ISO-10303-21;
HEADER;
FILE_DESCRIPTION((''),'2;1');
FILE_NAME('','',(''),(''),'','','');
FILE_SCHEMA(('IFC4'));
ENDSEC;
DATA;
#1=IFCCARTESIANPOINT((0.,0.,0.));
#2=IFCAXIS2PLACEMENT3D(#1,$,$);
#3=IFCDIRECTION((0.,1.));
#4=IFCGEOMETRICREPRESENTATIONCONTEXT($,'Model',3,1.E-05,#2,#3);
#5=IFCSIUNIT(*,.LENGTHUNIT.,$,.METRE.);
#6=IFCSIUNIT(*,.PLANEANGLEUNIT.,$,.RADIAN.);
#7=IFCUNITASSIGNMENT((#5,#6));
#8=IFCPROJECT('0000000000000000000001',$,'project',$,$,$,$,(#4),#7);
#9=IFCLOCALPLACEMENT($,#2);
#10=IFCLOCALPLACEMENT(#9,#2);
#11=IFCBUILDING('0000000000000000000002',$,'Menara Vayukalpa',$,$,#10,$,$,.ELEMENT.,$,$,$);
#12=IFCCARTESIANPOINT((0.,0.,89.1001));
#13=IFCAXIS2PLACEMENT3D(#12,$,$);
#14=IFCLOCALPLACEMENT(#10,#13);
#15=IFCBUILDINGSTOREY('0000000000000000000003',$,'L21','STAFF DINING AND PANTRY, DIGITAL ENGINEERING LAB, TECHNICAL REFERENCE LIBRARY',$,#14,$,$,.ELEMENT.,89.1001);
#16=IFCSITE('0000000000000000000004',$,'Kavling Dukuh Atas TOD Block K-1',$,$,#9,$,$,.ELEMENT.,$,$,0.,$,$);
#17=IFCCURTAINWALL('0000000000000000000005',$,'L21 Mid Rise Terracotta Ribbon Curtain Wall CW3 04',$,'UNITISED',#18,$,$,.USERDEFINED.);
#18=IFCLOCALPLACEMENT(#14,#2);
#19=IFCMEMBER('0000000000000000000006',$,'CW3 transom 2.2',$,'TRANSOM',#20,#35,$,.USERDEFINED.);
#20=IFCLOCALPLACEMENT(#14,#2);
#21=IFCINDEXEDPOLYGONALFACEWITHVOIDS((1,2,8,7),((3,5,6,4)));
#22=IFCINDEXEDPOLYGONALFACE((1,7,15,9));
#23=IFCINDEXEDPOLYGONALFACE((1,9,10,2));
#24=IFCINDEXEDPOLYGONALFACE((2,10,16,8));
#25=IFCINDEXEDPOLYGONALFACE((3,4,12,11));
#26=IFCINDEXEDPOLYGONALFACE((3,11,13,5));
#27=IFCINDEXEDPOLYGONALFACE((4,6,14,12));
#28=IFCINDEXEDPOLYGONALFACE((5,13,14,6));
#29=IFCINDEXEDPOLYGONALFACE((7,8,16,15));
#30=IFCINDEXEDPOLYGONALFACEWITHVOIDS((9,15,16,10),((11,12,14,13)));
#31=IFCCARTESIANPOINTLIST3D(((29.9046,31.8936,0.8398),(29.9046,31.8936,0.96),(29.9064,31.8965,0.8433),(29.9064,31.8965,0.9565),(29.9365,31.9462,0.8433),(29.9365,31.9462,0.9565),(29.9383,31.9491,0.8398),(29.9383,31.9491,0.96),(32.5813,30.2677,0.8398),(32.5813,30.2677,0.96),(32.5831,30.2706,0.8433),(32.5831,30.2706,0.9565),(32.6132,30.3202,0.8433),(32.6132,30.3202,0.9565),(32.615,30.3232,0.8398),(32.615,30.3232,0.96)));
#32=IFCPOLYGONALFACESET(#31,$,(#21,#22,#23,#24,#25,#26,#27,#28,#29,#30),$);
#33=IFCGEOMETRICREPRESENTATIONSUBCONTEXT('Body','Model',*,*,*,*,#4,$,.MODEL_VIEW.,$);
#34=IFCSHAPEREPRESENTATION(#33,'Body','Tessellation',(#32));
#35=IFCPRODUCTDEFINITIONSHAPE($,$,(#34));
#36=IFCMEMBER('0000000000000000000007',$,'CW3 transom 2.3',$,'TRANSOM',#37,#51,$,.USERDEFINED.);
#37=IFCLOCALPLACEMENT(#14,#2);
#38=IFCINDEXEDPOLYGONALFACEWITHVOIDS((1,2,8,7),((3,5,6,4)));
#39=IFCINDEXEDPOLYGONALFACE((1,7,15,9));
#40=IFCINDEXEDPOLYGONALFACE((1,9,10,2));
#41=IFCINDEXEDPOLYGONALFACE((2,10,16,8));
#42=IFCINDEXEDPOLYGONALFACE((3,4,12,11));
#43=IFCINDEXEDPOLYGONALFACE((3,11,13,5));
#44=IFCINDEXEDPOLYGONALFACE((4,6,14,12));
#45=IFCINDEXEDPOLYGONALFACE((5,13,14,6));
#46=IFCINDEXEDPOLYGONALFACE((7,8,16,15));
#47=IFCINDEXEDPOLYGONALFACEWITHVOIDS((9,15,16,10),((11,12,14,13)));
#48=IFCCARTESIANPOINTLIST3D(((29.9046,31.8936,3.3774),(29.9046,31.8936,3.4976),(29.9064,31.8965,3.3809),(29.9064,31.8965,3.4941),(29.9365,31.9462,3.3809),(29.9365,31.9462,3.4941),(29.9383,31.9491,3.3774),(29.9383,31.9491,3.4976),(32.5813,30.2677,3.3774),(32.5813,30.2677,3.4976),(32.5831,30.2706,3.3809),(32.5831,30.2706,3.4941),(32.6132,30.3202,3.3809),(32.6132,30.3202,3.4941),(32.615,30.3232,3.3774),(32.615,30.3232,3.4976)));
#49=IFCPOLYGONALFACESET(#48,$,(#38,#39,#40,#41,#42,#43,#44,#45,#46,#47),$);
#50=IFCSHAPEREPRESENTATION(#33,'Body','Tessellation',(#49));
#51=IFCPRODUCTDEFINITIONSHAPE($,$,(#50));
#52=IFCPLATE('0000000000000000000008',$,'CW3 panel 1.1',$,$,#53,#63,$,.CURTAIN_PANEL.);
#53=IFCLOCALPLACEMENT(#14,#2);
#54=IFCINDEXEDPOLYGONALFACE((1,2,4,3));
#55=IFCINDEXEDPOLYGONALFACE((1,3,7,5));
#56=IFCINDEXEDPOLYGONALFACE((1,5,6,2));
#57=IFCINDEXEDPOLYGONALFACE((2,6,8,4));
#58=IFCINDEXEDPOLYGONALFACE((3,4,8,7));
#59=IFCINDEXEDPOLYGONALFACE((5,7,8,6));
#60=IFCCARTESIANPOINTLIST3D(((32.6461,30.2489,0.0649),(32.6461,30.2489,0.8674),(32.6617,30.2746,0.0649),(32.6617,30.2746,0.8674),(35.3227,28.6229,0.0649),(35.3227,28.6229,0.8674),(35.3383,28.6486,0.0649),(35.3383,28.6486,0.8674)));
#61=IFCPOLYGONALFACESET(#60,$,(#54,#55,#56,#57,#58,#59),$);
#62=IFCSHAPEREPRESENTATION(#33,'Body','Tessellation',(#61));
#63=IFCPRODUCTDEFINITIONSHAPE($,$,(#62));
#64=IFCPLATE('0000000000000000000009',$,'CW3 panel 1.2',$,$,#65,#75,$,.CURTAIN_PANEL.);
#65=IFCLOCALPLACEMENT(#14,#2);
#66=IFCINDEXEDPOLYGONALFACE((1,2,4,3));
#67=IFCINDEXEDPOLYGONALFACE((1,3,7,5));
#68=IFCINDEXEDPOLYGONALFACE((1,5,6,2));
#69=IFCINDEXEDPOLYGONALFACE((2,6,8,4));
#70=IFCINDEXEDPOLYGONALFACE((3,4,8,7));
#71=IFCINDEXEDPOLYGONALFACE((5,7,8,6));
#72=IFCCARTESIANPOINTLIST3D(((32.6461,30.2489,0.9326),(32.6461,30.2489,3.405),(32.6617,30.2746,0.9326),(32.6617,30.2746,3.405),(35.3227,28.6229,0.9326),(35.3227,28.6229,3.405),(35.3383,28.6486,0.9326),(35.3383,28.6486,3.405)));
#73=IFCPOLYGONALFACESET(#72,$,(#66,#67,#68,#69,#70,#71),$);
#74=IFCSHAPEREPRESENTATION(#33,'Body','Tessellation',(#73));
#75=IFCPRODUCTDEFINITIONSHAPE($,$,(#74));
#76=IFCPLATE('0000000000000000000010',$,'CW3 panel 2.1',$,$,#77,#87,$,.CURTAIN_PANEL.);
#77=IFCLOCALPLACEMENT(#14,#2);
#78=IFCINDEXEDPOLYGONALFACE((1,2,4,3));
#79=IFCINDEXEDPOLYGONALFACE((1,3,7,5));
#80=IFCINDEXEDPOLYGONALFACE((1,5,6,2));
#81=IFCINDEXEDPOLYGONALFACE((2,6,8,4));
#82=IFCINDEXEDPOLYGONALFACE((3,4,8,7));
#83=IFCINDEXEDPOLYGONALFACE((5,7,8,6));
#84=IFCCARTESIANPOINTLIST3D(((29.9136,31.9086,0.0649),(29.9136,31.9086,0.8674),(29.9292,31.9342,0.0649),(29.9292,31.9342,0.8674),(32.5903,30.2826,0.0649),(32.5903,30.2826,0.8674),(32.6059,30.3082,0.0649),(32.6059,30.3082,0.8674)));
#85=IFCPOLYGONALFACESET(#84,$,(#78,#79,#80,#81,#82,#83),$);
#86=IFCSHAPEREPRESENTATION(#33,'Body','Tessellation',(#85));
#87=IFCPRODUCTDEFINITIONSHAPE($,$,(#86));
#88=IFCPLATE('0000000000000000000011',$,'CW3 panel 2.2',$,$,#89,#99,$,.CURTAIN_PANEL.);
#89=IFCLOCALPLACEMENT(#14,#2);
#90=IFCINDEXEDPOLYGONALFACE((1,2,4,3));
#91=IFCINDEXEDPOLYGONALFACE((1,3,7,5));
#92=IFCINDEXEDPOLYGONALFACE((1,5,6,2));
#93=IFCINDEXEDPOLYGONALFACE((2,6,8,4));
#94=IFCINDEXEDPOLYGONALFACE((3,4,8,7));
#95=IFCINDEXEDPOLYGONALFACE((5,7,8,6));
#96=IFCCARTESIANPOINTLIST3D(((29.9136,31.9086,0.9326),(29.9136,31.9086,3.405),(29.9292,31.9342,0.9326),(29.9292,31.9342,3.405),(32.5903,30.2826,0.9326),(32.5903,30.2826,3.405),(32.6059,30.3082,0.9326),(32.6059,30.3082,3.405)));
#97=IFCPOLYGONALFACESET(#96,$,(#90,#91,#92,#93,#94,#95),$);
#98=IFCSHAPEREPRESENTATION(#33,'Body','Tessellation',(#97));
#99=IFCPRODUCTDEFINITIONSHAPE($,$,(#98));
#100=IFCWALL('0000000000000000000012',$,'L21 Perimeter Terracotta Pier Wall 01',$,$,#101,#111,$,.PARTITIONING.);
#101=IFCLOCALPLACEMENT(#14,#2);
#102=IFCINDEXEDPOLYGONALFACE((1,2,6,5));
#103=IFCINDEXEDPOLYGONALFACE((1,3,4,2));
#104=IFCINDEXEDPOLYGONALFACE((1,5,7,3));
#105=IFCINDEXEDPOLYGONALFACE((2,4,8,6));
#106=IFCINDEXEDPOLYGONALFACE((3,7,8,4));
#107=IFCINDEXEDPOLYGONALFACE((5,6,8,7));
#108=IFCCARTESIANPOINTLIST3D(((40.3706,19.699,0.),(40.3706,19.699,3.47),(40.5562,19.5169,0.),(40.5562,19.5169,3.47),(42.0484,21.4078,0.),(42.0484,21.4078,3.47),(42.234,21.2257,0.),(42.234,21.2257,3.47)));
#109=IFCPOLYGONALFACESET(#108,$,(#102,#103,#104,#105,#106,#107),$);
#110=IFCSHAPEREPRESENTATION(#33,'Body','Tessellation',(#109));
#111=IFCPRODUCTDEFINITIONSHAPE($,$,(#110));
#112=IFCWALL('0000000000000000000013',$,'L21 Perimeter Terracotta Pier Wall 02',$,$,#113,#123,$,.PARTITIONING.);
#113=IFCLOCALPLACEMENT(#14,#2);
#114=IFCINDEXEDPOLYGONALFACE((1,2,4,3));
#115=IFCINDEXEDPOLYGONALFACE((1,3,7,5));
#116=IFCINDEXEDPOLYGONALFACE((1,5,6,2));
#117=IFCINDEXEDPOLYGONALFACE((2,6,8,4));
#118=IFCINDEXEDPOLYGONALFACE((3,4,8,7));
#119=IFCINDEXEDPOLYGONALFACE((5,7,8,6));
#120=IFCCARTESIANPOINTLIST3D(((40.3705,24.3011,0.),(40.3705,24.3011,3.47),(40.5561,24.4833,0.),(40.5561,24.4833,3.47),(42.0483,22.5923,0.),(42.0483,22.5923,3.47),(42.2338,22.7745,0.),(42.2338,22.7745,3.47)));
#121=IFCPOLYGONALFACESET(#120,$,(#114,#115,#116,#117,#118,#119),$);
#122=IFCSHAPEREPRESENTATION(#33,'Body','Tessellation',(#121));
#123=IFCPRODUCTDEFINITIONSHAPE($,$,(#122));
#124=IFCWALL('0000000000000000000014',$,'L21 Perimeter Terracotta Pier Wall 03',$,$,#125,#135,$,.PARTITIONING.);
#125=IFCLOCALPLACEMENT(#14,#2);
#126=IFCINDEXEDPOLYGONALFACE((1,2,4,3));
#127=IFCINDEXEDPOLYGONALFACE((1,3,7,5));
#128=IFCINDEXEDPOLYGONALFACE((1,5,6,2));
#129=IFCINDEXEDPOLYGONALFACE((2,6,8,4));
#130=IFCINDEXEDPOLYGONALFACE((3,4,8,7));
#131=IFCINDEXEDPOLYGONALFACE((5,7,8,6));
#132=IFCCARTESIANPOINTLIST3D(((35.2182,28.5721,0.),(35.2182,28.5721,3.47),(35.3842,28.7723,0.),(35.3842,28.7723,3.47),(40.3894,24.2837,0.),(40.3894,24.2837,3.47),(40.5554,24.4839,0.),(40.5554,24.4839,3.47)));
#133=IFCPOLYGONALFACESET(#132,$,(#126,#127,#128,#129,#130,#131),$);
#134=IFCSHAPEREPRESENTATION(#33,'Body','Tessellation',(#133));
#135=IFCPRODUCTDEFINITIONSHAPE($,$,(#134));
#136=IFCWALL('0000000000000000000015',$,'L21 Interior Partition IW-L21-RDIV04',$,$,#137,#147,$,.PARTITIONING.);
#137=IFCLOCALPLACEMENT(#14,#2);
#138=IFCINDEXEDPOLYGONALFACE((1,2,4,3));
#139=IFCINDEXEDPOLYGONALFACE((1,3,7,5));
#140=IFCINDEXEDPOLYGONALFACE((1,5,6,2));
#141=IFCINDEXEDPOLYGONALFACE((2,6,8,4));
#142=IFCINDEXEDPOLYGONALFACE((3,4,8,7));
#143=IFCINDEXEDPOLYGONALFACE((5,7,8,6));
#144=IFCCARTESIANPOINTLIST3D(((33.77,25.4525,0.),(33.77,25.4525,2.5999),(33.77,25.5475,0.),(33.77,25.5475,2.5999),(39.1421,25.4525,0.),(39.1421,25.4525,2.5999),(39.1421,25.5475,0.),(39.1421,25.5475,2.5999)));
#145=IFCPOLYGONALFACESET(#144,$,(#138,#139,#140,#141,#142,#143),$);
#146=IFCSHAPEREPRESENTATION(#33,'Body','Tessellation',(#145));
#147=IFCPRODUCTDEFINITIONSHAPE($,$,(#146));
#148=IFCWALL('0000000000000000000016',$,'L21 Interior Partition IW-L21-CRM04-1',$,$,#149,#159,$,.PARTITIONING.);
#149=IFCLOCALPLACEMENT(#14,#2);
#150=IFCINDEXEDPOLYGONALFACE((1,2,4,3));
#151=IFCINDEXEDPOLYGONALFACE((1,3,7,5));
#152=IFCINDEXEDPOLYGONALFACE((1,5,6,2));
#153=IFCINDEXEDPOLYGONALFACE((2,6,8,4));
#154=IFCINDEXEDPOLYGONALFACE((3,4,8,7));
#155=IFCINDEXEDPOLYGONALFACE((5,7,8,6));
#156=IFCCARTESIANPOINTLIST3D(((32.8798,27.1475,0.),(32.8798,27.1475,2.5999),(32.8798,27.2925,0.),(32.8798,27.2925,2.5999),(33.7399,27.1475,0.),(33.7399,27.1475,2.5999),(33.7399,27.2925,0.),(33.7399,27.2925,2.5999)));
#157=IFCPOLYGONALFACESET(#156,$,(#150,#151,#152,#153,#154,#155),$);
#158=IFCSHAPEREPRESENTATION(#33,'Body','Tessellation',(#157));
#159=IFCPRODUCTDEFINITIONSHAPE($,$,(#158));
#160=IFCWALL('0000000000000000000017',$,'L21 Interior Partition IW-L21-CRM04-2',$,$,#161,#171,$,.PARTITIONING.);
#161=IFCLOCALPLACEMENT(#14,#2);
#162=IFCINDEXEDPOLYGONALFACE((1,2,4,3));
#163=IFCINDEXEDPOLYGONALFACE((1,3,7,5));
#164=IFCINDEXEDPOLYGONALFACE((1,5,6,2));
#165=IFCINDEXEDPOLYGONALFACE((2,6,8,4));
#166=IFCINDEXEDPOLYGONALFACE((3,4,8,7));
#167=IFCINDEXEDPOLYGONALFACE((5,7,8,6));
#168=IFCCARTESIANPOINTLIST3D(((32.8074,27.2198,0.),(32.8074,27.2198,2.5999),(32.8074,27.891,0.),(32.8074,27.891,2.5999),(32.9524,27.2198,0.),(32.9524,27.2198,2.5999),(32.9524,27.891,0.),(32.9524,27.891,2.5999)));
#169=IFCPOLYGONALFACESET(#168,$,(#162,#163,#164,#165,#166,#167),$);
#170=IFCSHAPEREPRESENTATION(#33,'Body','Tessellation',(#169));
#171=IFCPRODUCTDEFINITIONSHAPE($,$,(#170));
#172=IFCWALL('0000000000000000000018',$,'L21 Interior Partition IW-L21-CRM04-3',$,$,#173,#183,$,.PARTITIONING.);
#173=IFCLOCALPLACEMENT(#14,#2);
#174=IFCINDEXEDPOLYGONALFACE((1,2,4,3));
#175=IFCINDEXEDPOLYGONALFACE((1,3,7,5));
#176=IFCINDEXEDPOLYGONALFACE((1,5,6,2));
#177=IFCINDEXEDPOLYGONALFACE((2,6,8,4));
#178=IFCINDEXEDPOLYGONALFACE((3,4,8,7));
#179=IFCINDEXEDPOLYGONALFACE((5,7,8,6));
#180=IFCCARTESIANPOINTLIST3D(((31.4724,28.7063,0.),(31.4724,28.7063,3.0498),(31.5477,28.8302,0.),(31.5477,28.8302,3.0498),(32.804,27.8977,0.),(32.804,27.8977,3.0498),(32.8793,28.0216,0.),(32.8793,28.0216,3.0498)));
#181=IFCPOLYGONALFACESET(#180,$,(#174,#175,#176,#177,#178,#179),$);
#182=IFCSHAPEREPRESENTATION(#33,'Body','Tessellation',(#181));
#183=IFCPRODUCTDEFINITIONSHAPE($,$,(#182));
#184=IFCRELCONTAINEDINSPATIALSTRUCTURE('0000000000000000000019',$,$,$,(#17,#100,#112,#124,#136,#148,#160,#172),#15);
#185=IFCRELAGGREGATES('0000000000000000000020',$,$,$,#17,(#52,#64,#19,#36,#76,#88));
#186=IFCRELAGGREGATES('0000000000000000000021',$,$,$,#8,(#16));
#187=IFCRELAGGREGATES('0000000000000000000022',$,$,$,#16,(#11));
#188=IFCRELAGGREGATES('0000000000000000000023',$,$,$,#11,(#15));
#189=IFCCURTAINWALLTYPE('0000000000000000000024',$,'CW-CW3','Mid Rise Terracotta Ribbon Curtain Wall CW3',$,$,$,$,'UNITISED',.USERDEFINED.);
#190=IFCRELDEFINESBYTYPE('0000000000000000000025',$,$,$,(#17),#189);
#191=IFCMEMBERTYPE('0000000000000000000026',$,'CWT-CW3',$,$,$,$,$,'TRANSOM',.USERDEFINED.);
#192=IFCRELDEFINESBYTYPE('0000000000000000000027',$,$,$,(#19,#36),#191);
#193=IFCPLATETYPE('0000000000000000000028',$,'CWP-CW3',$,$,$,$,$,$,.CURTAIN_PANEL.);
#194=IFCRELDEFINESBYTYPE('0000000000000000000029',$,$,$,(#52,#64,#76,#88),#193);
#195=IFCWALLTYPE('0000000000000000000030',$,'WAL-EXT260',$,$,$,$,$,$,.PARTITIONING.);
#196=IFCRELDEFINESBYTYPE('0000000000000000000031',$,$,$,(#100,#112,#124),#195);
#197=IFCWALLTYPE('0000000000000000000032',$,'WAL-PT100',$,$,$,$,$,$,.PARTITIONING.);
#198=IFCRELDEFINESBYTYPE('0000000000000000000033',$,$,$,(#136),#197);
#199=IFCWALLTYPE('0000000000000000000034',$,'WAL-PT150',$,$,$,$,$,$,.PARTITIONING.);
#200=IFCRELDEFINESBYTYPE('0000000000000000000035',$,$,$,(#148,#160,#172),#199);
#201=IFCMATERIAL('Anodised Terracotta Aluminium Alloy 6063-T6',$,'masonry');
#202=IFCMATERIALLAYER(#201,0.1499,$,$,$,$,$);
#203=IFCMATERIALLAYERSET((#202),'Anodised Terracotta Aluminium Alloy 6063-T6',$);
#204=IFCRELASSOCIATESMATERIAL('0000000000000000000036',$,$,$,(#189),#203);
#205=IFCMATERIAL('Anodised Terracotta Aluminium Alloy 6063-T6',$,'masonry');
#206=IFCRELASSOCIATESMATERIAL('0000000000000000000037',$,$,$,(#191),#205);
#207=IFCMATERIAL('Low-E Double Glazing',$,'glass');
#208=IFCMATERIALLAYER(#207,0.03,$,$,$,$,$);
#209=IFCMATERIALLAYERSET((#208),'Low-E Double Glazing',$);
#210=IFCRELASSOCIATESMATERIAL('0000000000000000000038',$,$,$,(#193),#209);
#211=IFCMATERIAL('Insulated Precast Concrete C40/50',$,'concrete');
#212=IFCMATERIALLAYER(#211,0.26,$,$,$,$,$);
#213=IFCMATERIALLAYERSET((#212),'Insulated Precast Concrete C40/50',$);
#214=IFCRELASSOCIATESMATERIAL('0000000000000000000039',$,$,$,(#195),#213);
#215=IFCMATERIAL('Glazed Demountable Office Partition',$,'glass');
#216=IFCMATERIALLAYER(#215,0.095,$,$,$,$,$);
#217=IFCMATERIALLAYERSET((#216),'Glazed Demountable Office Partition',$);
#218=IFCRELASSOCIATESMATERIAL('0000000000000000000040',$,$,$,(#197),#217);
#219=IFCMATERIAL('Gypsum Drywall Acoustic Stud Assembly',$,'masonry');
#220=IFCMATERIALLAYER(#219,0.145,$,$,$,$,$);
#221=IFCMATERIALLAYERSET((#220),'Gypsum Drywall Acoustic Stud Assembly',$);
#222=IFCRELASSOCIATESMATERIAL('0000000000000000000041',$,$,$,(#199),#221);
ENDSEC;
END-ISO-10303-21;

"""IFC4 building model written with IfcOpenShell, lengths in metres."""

from ifc_helpers import new_model, si_unit, direction, frame, frame_2d, origin, origin_2d, place, context, subcontext, project, spatial, rectangle, hollow_rectangle, extrude, material, layer, layer_set, material_profile, profile_set, type_object, element, aggregate, save


model = new_model("IFC4")

# Units and contexts
model_context = context("Model", 3, precision=1e-05, world=origin(), true_north=direction((0.0, 1.0)))
body_context = subcontext(model_context, "Body", "Model", "MODEL_VIEW")
ifc_project = project(units=[si_unit("LENGTHUNIT", "METRE"), si_unit("PLANEANGLEUNIT", "RADIAN")], contexts=[model_context])

# Site, building, storey
site_placement = place(None, origin())
site = spatial("IfcSite", under=ifc_project, at=site_placement, Name="Kavling Dukuh Atas TOD Block K-1", CompositionType="ELEMENT", RefElevation=0.0)
building_placement = place(site_placement, origin())
building = spatial("IfcBuilding", under=site, at=building_placement, Name="Menara Vayukalpa", CompositionType="ELEMENT")
storey_placement = place(building_placement, frame((0.0, 0.0, 89.1001)))
storey = spatial("IfcBuildingStorey", under=building, at=storey_placement, Name="L21", Description="STAFF DINING AND PANTRY, DIGITAL ENGINEERING LAB, TECHNICAL REFERENCE LIBRARY", CompositionType="ELEMENT", Elevation=89.1001)

# Curtain wall, members, plates
ifc_material_1 = material(Name="Anodised Terracotta Aluminium Alloy 6063-T6", Category="masonry")
ifc_layer_1 = layer(ifc_material_1, 0.1499)
ifc_layer_set_1 = layer_set([ifc_layer_1], Name="Anodised Terracotta Aluminium Alloy 6063-T6")
curtain_wall_type = type_object("IfcCurtainWallType", Name="CW-CW3", Description="Mid Rise Terracotta Ribbon Curtain Wall CW3", ElementType="UNITISED", PredefinedType="USERDEFINED", material=ifc_layer_set_1)
curtain_wall_placement = place(storey_placement, origin())
curtain_wall = element("IfcCurtainWall", 1, at=curtain_wall_placement, inside=storey, type_object=curtain_wall_type, Name="L21 Mid Rise Terracotta Ribbon Curtain Wall CW3 04", ObjectType="UNITISED", PredefinedType="USERDEFINED")
ifc_material_2 = material(Name="Anodised Terracotta Aluminium Alloy 6063-T6", Category="masonry")
ifc_material_profile_1 = material_profile(ifc_material_2, hollow_rectangle(XDim=0.0649, YDim=0.1201, WallThickness=0.0034, at=origin_2d()), Name="ALU 65x120x3.5")
ifc_profile_set_1 = profile_set([ifc_material_profile_1], Name="Anodised Terracotta Aluminium Alloy 6063-T6")
member_type_1 = type_object("IfcMemberType", Name="CWT-CW3", ElementType="TRANSOM", PredefinedType="USERDEFINED", material=ifc_profile_set_1)
member_1_placement = place(storey_placement, frame((32.5981, 30.2954, 0.8999), z_axis=(-0.854674, 0.519165, 0.0), x_axis=(-0.519165, -0.854674, 0.0)))
member_1 = element("IfcMember", 2, at=member_1_placement, type_object=member_type_1, Name="CW3 transom 2.2", ObjectType="TRANSOM", PredefinedType="USERDEFINED", context=body_context, shape_type="SweptSolid", body=[
    extrude(hollow_rectangle(XDim=0.0649, YDim=0.1201, WallThickness=0.0034, at=origin_2d()), origin(), (0.0, 0.0, 1.0), 3.1318),
])
member_2_placement = place(storey_placement, frame((32.5981, 30.2954, 3.4375), z_axis=(-0.854674, 0.519165, 0.0), x_axis=(-0.519165, -0.854674, 0.0)))
member_2 = element("IfcMember", 3, at=member_2_placement, type_object=member_type_1, Name="CW3 transom 2.3", ObjectType="TRANSOM", PredefinedType="USERDEFINED", context=body_context, shape_type="SweptSolid", body=[
    extrude(hollow_rectangle(XDim=0.0649, YDim=0.1201, WallThickness=0.0034, at=origin_2d()), origin(), (0.0, 0.0, 1.0), 3.1318),
])
ifc_material_3 = material(Name="Low-E Double Glazing", Category="glass")
ifc_layer_2 = layer(ifc_material_3, 0.03)
ifc_layer_set_2 = layer_set([ifc_layer_2], Name="Low-E Double Glazing")
plate_type = type_object("IfcPlateType", Name="CWP-CW3", PredefinedType="CURTAIN_PANEL", material=ifc_layer_set_2)
plate_1_placement = place(storey_placement, frame((33.9922, 29.4487, 0.0649), z_axis=(0.0, 0.0, 1.0), x_axis=(-0.854663, 0.519183, 0.0)))
plate_1 = element("IfcPlate", 4, at=plate_1_placement, type_object=plate_type, Name="CW3 panel 1.1", PredefinedType="CURTAIN_PANEL", context=body_context, shape_type="SweptSolid", body=[
    extrude(rectangle(XDim=3.1318, YDim=0.03, at=origin_2d()), origin(), (0.0, 0.0, 1.0), 0.8025),
])
plate_2_placement = place(storey_placement, frame((33.9922, 29.4487, 0.9326), z_axis=(0.0, 0.0, 1.0), x_axis=(-0.854663, 0.519183, 0.0)))
plate_2 = element("IfcPlate", 5, at=plate_2_placement, type_object=plate_type, Name="CW3 panel 1.2", PredefinedType="CURTAIN_PANEL", context=body_context, shape_type="SweptSolid", body=[
    extrude(rectangle(XDim=3.1318, YDim=0.03, at=origin_2d()), origin(), (0.0, 0.0, 1.0), 2.4724),
])
plate_3_placement = place(storey_placement, frame((31.2598, 31.1084, 0.0649), z_axis=(0.0, 0.0, 1.0), x_axis=(-0.854663, 0.519183, 0.0)))
plate_3 = element("IfcPlate", 6, at=plate_3_placement, type_object=plate_type, Name="CW3 panel 2.1", PredefinedType="CURTAIN_PANEL", context=body_context, shape_type="SweptSolid", body=[
    extrude(rectangle(XDim=3.1318, YDim=0.03, at=origin_2d()), origin(), (0.0, 0.0, 1.0), 0.8025),
])
plate_4_placement = place(storey_placement, frame((31.2598, 31.1084, 0.9326), z_axis=(0.0, 0.0, 1.0), x_axis=(-0.854663, 0.519183, 0.0)))
plate_4 = element("IfcPlate", 7, at=plate_4_placement, type_object=plate_type, Name="CW3 panel 2.2", PredefinedType="CURTAIN_PANEL", context=body_context, shape_type="SweptSolid", body=[
    extrude(rectangle(XDim=3.1318, YDim=0.03, at=origin_2d()), origin(), (0.0, 0.0, 1.0), 2.4724),
])
aggregate(curtain_wall, [plate_1, plate_2, member_1, member_2, plate_3, plate_4])

# Walls
ifc_material_4 = material(Name="Insulated Precast Concrete C40/50", Category="concrete")
ifc_layer_3 = layer(ifc_material_4, 0.26)
ifc_layer_set_3 = layer_set([ifc_layer_3], Name="Insulated Precast Concrete C40/50")
wall_type_1 = type_object("IfcWallType", Name="WAL-EXT260", PredefinedType="PARTITIONING", material=ifc_layer_set_3)
for number, where, z_axis, x_axis, name in (
    (8, (42.1411, 21.3167, 0.0), (0.0, 0.0, 1.0), (-0.700603, -0.713551, 0.0), "L21 Perimeter Terracotta Pier Wall 01"),
    (9, (40.4634, 24.3921, 0.0), (0.0, 0.0, 1.0), (0.700603, -0.713551, 0.0), "L21 Perimeter Terracotta Pier Wall 02"),
):
    element("IfcWall", number, at=place(storey_placement, frame(where, z_axis=z_axis, x_axis=x_axis)), inside=storey, type_object=wall_type_1, Name=name, PredefinedType="PARTITIONING", context=body_context, shape_type="SweptSolid", body=[
        extrude(rectangle(XDim=2.3948, YDim=0.26, at=frame_2d((1.1973, 0.0))), origin(), (0.0, 0.0, 1.0), 3.47),
    ])
wall_1_placement = place(storey_placement, frame((35.3013, 28.6721, 0.0), z_axis=(0.0, 0.0, 1.0), x_axis=(0.769753, -0.638342, 0.0)))
element("IfcWall", 10, at=wall_1_placement, inside=storey, type_object=wall_type_1, Name="L21 Perimeter Terracotta Pier Wall 03", PredefinedType="PARTITIONING", context=body_context, shape_type="SweptSolid", body=[
    extrude(rectangle(XDim=6.718, YDim=0.26, at=frame_2d((3.3589, 0.0))), origin(), (0.0, 0.0, 1.0), 3.47),
])
ifc_material_5 = material(Name="Glazed Demountable Office Partition", Category="glass")
ifc_layer_4 = layer(ifc_material_5, 0.095)
ifc_layer_set_4 = layer_set([ifc_layer_4], Name="Glazed Demountable Office Partition")
wall_type_2 = type_object("IfcWallType", Name="WAL-PT100", PredefinedType="PARTITIONING", material=ifc_layer_set_4)
wall_2_placement = place(storey_placement, frame((33.77, 25.5, 0.0), z_axis=(0.0, 0.0, 1.0), x_axis=(1.0, 0.0, 0.0)))
element("IfcWall", 11, at=wall_2_placement, inside=storey, type_object=wall_type_2, Name="L21 Interior Partition IW-L21-RDIV04", PredefinedType="PARTITIONING", context=body_context, shape_type="SweptSolid", body=[
    extrude(rectangle(XDim=5.3721, YDim=0.095, at=frame_2d((2.686, 0.0))), origin(), (0.0, 0.0, 1.0), 2.5999),
])
ifc_material_6 = material(Name="Gypsum Drywall Acoustic Stud Assembly", Category="masonry")
ifc_layer_5 = layer(ifc_material_6, 0.145)
ifc_layer_set_5 = layer_set([ifc_layer_5], Name="Gypsum Drywall Acoustic Stud Assembly")
wall_type_3 = type_object("IfcWallType", Name="WAL-PT150", PredefinedType="PARTITIONING", material=ifc_layer_set_5)
wall_3_placement = place(storey_placement, frame((33.74, 27.22, 0.0), z_axis=(0.0, 0.0, 1.0), x_axis=(-1.0, 0.0, 0.0)))
element("IfcWall", 12, at=wall_3_placement, inside=storey, type_object=wall_type_3, Name="L21 Interior Partition IW-L21-CRM04-1", PredefinedType="PARTITIONING", context=body_context, shape_type="SweptSolid", body=[
    extrude(rectangle(XDim=0.8601, YDim=0.145, at=frame_2d((0.4302, 0.0))), origin(), (0.0, 0.0, 1.0), 2.5999),
])
wall_4_placement = place(storey_placement, frame((32.8799, 27.22, 0.0), z_axis=(0.0, 0.0, 1.0), x_axis=(0.0, 1.0, 0.0)))
element("IfcWall", 13, at=wall_4_placement, inside=storey, type_object=wall_type_3, Name="L21 Interior Partition IW-L21-CRM04-2", PredefinedType="PARTITIONING", context=body_context, shape_type="SweptSolid", body=[
    extrude(rectangle(XDim=0.6711, YDim=0.145, at=frame_2d((0.3354, 0.0))), origin(), (0.0, 0.0, 1.0), 2.5999),
])
wall_5_placement = place(storey_placement, frame((32.8416, 27.9597, 0.0), z_axis=(0.0, 0.0, 1.0), x_axis=(-0.854743, 0.519052, 0.0)))
element("IfcWall", 14, at=wall_5_placement, inside=storey, type_object=wall_type_3, Name="L21 Interior Partition IW-L21-CRM04-3", PredefinedType="PARTITIONING", context=body_context, shape_type="SweptSolid", body=[
    extrude(rectangle(XDim=1.5579, YDim=0.145, at=frame_2d((0.7788, 0.0))), origin(), (0.0, 0.0, 1.0), 3.0498),
])

save(model, "model.ifc")
